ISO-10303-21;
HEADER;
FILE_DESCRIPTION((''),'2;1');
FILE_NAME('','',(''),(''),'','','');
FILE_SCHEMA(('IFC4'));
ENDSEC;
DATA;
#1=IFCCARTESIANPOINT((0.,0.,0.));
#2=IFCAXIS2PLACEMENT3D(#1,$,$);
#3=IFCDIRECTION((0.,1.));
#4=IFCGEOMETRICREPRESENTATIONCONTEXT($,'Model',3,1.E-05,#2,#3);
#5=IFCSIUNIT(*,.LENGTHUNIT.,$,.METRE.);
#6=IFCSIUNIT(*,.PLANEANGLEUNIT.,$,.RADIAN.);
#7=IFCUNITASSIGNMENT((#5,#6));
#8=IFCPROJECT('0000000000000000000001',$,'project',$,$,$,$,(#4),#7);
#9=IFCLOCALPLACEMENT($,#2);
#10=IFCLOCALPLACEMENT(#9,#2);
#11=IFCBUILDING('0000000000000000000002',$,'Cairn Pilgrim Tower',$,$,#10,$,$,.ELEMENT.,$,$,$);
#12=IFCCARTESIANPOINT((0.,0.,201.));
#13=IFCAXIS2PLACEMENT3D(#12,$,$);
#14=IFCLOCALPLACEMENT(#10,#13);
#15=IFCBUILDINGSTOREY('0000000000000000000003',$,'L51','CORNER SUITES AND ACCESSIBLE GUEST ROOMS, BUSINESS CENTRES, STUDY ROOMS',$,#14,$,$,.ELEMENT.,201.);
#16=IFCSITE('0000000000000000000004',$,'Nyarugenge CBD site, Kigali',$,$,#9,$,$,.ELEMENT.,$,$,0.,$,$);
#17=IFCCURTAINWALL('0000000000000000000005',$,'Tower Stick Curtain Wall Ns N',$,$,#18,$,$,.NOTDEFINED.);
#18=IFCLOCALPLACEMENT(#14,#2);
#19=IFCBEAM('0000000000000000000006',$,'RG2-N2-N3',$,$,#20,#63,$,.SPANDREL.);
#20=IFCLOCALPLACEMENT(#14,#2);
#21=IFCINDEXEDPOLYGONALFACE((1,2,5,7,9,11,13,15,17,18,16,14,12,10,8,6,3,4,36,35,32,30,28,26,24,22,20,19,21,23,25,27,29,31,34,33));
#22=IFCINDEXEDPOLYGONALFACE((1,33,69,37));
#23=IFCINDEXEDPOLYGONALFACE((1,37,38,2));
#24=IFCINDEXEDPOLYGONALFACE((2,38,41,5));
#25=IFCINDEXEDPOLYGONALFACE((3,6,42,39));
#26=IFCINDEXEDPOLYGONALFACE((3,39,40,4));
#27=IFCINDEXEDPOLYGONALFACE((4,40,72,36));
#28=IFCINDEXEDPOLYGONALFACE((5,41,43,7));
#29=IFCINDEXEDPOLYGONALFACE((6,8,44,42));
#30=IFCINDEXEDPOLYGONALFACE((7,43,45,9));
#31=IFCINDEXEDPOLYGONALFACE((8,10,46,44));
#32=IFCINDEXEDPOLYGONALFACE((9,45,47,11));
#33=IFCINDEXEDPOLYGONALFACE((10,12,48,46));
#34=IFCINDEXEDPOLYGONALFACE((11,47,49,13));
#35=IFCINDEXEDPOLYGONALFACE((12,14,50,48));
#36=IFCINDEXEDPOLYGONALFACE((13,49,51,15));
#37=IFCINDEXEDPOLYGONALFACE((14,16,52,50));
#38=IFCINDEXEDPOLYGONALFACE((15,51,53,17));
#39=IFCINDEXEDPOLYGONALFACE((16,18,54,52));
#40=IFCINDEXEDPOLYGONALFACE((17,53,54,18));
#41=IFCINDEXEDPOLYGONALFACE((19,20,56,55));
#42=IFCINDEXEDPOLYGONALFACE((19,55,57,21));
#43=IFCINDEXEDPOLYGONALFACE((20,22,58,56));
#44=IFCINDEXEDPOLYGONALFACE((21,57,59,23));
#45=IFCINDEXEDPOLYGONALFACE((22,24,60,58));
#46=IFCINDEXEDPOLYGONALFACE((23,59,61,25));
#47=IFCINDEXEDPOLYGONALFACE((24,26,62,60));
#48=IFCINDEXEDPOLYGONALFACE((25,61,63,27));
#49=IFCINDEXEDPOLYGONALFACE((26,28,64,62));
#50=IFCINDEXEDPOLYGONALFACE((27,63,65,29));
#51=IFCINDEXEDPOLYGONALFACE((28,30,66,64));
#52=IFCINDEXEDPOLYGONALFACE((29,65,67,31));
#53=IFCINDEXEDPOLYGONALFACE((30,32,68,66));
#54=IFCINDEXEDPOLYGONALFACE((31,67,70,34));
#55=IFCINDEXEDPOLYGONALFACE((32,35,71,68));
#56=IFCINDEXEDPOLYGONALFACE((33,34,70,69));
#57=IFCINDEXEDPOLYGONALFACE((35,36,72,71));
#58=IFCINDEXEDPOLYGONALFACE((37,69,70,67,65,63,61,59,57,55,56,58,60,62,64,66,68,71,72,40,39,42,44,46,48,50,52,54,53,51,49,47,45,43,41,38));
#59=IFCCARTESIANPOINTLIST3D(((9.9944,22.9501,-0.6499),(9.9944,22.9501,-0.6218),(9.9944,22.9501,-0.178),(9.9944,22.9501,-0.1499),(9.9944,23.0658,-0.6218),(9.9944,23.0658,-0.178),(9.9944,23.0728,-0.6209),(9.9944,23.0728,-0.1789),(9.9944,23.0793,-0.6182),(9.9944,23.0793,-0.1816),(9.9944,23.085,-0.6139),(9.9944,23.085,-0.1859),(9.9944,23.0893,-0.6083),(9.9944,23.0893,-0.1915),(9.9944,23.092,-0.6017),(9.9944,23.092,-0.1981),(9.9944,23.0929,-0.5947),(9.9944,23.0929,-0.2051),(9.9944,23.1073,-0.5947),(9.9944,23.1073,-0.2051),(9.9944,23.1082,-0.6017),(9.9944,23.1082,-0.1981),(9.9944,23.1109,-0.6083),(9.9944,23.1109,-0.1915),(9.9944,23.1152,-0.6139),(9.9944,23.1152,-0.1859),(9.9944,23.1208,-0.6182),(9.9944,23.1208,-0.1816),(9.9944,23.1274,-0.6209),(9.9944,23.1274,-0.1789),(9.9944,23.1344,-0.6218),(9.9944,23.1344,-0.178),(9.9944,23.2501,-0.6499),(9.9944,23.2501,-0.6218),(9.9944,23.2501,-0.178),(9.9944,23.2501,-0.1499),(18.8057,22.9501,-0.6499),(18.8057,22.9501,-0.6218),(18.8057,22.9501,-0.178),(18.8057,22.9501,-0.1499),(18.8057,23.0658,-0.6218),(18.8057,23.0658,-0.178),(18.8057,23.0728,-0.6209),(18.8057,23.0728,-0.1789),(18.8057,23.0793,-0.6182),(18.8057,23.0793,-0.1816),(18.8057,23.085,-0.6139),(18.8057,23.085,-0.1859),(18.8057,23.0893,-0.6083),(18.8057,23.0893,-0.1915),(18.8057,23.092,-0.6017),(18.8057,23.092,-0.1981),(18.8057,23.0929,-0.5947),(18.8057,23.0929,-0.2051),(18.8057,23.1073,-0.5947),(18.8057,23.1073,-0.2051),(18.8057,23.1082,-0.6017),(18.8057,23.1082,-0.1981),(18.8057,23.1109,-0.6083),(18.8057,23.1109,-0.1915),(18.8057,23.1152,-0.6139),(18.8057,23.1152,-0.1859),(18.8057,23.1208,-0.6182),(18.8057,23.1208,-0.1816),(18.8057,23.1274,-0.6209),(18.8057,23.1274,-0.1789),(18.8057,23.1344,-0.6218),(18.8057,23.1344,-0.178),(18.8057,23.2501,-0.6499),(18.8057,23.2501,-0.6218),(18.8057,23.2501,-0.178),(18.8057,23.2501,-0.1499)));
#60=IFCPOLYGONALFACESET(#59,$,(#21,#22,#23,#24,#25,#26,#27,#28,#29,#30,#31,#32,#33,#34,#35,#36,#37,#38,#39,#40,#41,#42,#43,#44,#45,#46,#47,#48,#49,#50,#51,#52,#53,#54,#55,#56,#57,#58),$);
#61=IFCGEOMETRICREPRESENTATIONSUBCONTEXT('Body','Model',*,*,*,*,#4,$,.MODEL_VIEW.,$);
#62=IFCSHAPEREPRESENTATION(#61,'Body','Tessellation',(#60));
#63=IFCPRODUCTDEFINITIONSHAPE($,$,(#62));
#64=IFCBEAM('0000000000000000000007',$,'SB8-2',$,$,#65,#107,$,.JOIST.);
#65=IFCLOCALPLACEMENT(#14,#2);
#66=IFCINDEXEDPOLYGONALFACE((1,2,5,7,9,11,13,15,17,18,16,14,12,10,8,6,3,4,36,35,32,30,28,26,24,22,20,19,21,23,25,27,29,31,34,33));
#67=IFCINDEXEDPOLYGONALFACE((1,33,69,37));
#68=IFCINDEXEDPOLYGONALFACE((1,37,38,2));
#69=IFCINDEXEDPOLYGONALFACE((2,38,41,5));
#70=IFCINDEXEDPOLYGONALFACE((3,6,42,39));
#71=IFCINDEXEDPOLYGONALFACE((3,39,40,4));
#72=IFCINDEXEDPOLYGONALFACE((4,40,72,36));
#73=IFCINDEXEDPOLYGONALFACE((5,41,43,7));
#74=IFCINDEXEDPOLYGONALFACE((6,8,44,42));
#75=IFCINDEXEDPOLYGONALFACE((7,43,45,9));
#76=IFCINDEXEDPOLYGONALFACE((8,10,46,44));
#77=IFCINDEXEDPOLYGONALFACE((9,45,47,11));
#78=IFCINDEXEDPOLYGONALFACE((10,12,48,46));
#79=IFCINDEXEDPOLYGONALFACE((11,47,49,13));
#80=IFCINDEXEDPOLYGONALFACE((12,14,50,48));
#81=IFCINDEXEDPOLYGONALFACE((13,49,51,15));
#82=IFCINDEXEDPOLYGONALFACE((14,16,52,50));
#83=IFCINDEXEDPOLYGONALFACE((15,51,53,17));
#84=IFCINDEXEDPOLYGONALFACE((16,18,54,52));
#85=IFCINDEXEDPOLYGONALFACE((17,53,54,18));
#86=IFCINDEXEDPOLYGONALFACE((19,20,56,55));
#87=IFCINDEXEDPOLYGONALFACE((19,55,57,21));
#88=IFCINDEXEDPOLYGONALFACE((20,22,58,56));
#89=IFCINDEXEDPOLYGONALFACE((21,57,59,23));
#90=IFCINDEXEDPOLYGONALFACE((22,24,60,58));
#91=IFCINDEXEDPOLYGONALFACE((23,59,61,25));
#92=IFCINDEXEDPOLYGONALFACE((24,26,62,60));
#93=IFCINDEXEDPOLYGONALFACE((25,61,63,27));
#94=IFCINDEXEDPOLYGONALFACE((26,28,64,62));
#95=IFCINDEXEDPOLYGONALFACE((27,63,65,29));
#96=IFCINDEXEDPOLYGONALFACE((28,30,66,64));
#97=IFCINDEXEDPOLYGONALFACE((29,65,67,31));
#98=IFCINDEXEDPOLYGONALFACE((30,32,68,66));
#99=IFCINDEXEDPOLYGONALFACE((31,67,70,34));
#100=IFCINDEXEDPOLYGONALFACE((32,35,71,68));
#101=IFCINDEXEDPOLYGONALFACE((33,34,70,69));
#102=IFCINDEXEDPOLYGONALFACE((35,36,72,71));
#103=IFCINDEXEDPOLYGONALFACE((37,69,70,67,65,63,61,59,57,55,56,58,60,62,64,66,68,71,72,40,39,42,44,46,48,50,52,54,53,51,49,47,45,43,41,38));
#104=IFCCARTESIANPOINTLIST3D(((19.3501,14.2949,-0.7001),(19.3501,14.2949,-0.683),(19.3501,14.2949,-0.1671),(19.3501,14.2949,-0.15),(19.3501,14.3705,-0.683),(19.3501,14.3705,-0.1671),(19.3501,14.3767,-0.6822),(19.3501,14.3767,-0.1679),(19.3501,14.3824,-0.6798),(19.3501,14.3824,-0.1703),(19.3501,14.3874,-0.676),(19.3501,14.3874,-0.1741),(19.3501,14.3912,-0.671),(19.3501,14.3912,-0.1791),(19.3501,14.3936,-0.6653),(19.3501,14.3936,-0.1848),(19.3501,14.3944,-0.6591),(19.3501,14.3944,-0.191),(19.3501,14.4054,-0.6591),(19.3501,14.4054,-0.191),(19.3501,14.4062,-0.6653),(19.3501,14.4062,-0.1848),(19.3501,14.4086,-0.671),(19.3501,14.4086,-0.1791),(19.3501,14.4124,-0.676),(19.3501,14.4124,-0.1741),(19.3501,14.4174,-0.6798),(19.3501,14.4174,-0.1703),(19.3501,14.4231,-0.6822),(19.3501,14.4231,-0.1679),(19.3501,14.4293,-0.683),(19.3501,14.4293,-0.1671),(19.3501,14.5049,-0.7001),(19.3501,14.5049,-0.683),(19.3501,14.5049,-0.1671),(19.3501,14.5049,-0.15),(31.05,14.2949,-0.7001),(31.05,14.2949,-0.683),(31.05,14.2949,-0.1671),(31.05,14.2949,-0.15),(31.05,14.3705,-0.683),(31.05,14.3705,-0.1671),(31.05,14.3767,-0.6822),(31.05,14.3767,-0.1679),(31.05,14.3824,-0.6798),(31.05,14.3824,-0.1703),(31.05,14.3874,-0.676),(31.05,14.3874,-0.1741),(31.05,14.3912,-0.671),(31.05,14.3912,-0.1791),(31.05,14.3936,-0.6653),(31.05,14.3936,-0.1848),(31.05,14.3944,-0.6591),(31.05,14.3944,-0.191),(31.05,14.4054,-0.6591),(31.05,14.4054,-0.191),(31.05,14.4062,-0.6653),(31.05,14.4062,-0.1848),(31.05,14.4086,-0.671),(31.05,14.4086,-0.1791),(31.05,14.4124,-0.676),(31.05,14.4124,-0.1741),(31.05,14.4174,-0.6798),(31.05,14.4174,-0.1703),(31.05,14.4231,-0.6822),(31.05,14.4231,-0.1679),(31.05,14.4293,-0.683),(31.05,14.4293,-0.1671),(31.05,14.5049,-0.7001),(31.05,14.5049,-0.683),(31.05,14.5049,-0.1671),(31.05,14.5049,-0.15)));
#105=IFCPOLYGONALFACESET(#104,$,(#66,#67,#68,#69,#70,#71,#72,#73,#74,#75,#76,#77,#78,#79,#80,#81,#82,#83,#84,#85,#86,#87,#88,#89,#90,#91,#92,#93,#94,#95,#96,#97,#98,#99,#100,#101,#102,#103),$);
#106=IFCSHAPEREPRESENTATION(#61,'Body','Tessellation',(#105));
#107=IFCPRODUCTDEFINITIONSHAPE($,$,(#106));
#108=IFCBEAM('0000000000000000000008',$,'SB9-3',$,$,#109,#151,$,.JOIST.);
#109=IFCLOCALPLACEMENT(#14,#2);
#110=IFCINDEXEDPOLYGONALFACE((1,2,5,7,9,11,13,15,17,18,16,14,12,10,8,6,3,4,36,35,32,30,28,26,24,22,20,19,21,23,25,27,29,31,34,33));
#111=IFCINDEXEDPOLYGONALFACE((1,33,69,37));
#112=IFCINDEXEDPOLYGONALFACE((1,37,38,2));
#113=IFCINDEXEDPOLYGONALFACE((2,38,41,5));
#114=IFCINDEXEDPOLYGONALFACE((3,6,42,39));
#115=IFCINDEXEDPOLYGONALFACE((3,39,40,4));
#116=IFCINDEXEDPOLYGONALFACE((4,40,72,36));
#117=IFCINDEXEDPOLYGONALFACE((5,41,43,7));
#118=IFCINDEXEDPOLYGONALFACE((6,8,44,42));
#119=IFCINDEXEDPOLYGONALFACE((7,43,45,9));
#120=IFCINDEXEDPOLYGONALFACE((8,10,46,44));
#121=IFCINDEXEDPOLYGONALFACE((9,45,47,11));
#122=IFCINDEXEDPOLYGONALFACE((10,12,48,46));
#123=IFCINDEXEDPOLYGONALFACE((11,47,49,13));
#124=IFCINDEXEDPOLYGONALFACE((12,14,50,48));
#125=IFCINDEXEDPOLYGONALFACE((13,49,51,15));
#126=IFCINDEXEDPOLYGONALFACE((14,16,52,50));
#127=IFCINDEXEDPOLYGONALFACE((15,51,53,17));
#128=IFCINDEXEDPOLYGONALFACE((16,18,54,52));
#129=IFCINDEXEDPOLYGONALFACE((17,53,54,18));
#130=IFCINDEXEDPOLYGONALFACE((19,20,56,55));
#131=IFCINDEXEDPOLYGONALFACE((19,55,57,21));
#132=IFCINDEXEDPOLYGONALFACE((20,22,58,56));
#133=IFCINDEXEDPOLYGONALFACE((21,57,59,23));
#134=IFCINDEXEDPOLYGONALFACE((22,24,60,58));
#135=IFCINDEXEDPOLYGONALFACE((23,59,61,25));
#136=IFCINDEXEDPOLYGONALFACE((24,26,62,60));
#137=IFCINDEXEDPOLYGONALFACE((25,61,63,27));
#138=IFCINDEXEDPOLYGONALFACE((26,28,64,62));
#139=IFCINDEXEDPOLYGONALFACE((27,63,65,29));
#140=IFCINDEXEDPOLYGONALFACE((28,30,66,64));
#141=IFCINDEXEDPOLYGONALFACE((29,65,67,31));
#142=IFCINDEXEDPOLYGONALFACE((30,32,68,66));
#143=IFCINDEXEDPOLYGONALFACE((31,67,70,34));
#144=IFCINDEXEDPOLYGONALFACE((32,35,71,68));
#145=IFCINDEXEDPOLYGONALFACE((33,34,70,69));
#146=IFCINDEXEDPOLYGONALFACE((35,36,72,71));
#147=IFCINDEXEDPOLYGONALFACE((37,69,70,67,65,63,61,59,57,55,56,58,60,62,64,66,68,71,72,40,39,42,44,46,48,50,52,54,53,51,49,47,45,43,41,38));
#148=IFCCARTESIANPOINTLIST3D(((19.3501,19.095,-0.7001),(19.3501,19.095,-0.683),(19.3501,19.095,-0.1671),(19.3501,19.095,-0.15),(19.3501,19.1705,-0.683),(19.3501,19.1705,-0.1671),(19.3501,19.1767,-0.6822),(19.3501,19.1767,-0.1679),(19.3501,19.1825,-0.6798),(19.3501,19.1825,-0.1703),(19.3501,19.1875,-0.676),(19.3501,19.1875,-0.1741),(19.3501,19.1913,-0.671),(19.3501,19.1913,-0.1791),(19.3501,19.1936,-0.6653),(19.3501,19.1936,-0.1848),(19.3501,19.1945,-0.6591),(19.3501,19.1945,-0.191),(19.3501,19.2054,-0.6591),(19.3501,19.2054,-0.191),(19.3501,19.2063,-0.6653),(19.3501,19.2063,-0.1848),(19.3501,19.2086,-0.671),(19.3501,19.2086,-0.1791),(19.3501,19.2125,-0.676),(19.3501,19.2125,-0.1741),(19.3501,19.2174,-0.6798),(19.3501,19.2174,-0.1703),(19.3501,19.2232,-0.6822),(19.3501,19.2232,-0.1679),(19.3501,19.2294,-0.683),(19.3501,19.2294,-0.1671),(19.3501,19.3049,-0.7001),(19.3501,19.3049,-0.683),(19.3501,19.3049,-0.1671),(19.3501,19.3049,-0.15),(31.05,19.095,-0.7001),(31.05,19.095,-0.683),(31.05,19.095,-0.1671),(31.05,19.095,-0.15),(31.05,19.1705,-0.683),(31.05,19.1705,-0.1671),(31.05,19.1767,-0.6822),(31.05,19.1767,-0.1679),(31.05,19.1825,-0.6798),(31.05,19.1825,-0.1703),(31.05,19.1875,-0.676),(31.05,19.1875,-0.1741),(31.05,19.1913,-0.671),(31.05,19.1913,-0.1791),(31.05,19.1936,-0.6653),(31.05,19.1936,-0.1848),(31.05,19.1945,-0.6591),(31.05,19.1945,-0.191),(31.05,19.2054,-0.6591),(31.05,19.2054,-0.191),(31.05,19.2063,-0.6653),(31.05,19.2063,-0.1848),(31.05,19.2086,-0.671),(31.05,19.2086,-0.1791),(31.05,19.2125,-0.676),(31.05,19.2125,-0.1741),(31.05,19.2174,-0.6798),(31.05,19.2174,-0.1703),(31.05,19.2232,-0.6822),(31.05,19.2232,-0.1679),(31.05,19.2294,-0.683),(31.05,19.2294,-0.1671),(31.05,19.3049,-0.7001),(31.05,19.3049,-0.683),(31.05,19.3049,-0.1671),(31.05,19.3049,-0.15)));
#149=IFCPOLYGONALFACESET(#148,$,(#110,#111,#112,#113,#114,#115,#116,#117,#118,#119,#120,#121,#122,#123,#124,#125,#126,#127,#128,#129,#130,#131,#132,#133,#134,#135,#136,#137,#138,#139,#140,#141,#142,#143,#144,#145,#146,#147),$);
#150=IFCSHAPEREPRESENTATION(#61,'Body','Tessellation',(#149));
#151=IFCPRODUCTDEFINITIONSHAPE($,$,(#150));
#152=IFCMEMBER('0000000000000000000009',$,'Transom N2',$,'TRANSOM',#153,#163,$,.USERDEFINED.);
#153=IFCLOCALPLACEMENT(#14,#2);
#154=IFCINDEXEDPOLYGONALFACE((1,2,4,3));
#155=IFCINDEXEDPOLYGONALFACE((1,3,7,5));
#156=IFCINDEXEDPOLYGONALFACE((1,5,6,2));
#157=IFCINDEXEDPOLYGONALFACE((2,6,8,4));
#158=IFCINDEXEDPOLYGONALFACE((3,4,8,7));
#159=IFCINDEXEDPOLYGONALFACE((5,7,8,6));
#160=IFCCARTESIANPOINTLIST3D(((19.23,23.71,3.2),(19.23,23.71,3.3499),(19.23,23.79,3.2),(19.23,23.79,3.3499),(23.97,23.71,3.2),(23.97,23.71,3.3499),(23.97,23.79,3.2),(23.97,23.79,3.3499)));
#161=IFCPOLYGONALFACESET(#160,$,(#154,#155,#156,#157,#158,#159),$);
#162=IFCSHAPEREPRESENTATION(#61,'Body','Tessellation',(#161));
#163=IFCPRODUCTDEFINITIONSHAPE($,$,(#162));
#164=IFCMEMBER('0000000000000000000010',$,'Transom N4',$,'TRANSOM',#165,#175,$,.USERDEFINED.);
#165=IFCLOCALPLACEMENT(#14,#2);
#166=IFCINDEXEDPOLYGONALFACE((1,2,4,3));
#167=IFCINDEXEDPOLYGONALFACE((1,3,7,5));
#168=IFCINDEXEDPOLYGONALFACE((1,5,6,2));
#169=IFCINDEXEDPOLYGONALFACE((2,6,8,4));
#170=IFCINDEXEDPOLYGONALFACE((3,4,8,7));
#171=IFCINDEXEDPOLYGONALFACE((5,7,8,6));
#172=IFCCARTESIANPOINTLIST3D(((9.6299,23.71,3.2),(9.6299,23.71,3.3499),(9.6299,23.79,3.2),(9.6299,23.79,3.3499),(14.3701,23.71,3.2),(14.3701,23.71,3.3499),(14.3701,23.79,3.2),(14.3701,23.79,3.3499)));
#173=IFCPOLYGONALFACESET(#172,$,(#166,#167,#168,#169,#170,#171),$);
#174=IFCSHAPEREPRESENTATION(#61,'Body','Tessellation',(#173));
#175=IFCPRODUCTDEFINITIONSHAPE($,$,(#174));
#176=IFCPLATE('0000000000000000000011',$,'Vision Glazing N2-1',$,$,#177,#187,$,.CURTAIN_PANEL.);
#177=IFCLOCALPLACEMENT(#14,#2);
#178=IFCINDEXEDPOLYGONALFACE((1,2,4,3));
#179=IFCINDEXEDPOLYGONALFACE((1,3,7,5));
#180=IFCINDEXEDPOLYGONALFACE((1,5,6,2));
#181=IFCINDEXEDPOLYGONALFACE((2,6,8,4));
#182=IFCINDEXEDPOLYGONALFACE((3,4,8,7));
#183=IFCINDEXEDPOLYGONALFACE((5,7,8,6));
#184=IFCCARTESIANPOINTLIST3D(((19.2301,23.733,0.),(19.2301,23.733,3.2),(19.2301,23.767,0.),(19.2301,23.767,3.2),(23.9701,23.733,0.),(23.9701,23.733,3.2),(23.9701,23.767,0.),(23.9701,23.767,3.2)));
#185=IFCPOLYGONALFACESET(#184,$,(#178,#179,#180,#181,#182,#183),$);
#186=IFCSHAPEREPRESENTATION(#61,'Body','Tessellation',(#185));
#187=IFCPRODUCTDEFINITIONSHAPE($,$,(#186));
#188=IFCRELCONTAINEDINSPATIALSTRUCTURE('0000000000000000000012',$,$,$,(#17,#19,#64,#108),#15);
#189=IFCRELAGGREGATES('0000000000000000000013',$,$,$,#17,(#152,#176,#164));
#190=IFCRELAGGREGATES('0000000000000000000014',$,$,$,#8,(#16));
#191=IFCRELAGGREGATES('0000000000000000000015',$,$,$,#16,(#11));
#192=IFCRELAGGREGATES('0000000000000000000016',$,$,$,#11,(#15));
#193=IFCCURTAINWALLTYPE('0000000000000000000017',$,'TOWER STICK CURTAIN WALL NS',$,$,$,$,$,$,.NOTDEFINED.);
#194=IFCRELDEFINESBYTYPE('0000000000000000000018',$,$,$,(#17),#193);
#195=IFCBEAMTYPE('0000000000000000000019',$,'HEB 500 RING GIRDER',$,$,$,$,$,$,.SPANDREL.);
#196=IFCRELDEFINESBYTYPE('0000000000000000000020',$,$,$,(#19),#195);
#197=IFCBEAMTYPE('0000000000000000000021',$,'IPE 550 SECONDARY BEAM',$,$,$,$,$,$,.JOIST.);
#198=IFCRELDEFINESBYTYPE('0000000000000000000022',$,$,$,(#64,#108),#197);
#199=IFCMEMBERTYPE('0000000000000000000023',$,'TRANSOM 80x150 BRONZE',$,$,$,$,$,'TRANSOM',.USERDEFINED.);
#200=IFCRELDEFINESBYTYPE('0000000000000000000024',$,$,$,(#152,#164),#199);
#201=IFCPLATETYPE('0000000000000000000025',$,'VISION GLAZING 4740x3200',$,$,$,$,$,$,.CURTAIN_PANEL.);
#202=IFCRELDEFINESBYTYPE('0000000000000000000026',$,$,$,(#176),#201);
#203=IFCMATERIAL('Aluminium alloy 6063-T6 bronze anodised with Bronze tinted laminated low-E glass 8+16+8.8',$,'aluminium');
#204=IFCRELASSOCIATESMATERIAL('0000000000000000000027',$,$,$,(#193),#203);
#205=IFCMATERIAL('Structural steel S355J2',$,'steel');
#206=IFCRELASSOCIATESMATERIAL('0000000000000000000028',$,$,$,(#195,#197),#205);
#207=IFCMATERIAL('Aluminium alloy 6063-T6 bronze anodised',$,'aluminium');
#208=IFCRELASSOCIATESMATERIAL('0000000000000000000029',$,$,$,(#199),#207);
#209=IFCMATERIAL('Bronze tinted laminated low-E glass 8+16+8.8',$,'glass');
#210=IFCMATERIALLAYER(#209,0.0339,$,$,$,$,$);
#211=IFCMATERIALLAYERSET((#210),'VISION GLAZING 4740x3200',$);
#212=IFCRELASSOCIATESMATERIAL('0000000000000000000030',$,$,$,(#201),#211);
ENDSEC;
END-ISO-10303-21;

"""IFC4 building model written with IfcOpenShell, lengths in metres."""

from ifc_helpers import new_model, si_unit, direction, frame, origin, origin_2d, place, context, subcontext, project, spatial, rectangle, i_section, extrude, material, layer, layer_set, material_profile, profile_set, type_object, element, aggregate, save


model = new_model("IFC4")

# Units and contexts
model_context = context("Model", 3, precision=1e-05, world=origin(), true_north=direction((0.0, 1.0)))
body_context = subcontext(model_context, "Body", "Model", "MODEL_VIEW")
ifc_project = project(units=[si_unit("LENGTHUNIT", "METRE"), si_unit("PLANEANGLEUNIT", "RADIAN")], contexts=[model_context])

# Site, building, storey
site_placement = place(None, origin())
site = spatial("IfcSite", under=ifc_project, at=site_placement, Name="Nyarugenge CBD site, Kigali", CompositionType="ELEMENT", RefElevation=0.0)
building_placement = place(site_placement, origin())
building = spatial("IfcBuilding", under=site, at=building_placement, Name="Cairn Pilgrim Tower", CompositionType="ELEMENT")
storey_placement = place(building_placement, frame((0.0, 0.0, 201.0)))
storey = spatial("IfcBuildingStorey", under=building, at=storey_placement, Name="L51", Description="CORNER SUITES AND ACCESSIBLE GUEST ROOMS, BUSINESS CENTRES, STUDY ROOMS", CompositionType="ELEMENT", Elevation=201.0)

# Shared definitions
ifc_material_1 = material(Name="Structural steel S355J2", Category="steel")

# Curtain wall
ifc_material_2 = material(Name="Aluminium alloy 6063-T6 bronze anodised with Bronze tinted laminated low-E glass 8+16+8.8", Category="aluminium")
curtain_wall_type = type_object("IfcCurtainWallType", Name="TOWER STICK CURTAIN WALL NS", PredefinedType="NOTDEFINED", material=ifc_material_2)
curtain_wall_placement = place(storey_placement, origin())
curtain_wall = element("IfcCurtainWall", 1, at=curtain_wall_placement, inside=storey, type_object=curtain_wall_type, Name="Tower Stick Curtain Wall Ns N", PredefinedType="NOTDEFINED")
ifc_material_3 = material(Name="Aluminium alloy 6063-T6 bronze anodised", Category="aluminium")

# Beams
ifc_material_profile_1 = material_profile(ifc_material_1, i_section(OverallWidth=0.3, OverallDepth=0.5, WebThickness=0.0144, FlangeThickness=0.0281, FilletRadius=0.0271, at=origin_2d()), Name="HEB 500")
ifc_profile_set_1 = profile_set([ifc_material_profile_1], Name="Structural steel S355J2")
beam_type_1 = type_object("IfcBeamType", Name="HEB 500 RING GIRDER", PredefinedType="SPANDREL", material=ifc_profile_set_1)
beam_1_placement = place(storey_placement, frame((18.8057, 23.1001, -0.3999), z_axis=(-1.0, 0.0, 0.0), x_axis=(0.0, -1.0, 0.0)))
element("IfcBeam", 2, at=beam_1_placement, inside=storey, type_object=beam_type_1, Name="RG2-N2-N3", PredefinedType="SPANDREL", context=body_context, shape_type="SweptSolid", body=[
    extrude(i_section(OverallWidth=0.3, OverallDepth=0.5, WebThickness=0.0144, FlangeThickness=0.0281, FilletRadius=0.0271, at=origin_2d()), origin(), (0.0, 0.0, 1.0), 8.8113),
])
ifc_material_profile_2 = material_profile(ifc_material_1, i_section(OverallWidth=0.21, OverallDepth=0.55, WebThickness=0.011, FlangeThickness=0.0171, FilletRadius=0.0239, at=origin_2d()), Name="IPE 550")
ifc_profile_set_2 = profile_set([ifc_material_profile_2], Name="Structural steel S355J2")
beam_type_2 = type_object("IfcBeamType", Name="IPE 550 SECONDARY BEAM", PredefinedType="JOIST", material=ifc_profile_set_2)
for number, where, z_axis, x_axis, name in (
    (3, (19.3501, 14.3999, -0.425), (1.0, 0.0, 0.0), (0.0, 1.0, 0.0), "SB8-2"),
    (4, (19.3501, 19.2, -0.425), (1.0, 0.0, 0.0), (0.0, 1.0, 0.0), "SB9-3"),
):
    element("IfcBeam", number, at=place(storey_placement, frame(where, z_axis=z_axis, x_axis=x_axis)), inside=storey, type_object=beam_type_2, Name=name, PredefinedType="JOIST", context=body_context, shape_type="SweptSolid", body=[
        extrude(i_section(OverallWidth=0.21, OverallDepth=0.55, WebThickness=0.011, FlangeThickness=0.0171, FilletRadius=0.0239, at=origin_2d()), origin(), (0.0, 0.0, 1.0), 11.7),
    ])

# Members
ifc_material_profile_3 = material_profile(ifc_material_3, rectangle(XDim=0.0801, YDim=0.1499, at=origin_2d()), Name="TRANSOM 80x150 BRONZE")
ifc_profile_set_3 = profile_set([ifc_material_profile_3], Name="Aluminium alloy 6063-T6 bronze anodised")
member_type_1 = type_object("IfcMemberType", Name="TRANSOM 80x150 BRONZE", ElementType="TRANSOM", PredefinedType="USERDEFINED", material=ifc_profile_set_3)
member_1_placement = place(storey_placement, frame((23.97, 23.75, 3.2749), z_axis=(-1.0, 0.0, 0.0), x_axis=(0.0, -1.0, 0.0)))
member_1 = element("IfcMember", 5, at=member_1_placement, type_object=member_type_1, Name="Transom N2", ObjectType="TRANSOM", PredefinedType="USERDEFINED", context=body_context, shape_type="SweptSolid", body=[
    extrude(rectangle(XDim=0.0801, YDim=0.1499, at=origin_2d()), origin(), (0.0, 0.0, 1.0), 4.74),
])
member_2_placement = place(storey_placement, frame((14.3701, 23.75, 3.2749), z_axis=(-1.0, 0.0, 0.0), x_axis=(0.0, -1.0, 0.0)))
member_2 = element("IfcMember", 6, at=member_2_placement, type_object=member_type_1, Name="Transom N4", ObjectType="TRANSOM", PredefinedType="USERDEFINED", context=body_context, shape_type="SweptSolid", body=[
    extrude(rectangle(XDim=0.0801, YDim=0.1499, at=origin_2d()), origin(), (0.0, 0.0, 1.0), 4.7402),
])

# Plate
ifc_material_4 = material(Name="Bronze tinted laminated low-E glass 8+16+8.8", Category="glass")
ifc_layer_1 = layer(ifc_material_4, 0.0339)
ifc_layer_set_1 = layer_set([ifc_layer_1], Name="VISION GLAZING 4740x3200")
plate_type = type_object("IfcPlateType", Name="VISION GLAZING 4740x3200", PredefinedType="CURTAIN_PANEL", material=ifc_layer_set_1)
plate_1_placement = place(storey_placement, frame((21.6001, 23.75, 0.0), z_axis=(0.0, 0.0, 1.0), x_axis=(-1.0, 0.0, 0.0)))
plate_1 = element("IfcPlate", 7, at=plate_1_placement, type_object=plate_type, Name="Vision Glazing N2-1", PredefinedType="CURTAIN_PANEL", context=body_context, shape_type="SweptSolid", body=[
    extrude(rectangle(XDim=4.74, YDim=0.0339, at=origin_2d()), origin(), (0.0, 0.0, 1.0), 3.2),
])
aggregate(curtain_wall, [member_1, plate_1, member_2])

save(model, "model.ifc")
